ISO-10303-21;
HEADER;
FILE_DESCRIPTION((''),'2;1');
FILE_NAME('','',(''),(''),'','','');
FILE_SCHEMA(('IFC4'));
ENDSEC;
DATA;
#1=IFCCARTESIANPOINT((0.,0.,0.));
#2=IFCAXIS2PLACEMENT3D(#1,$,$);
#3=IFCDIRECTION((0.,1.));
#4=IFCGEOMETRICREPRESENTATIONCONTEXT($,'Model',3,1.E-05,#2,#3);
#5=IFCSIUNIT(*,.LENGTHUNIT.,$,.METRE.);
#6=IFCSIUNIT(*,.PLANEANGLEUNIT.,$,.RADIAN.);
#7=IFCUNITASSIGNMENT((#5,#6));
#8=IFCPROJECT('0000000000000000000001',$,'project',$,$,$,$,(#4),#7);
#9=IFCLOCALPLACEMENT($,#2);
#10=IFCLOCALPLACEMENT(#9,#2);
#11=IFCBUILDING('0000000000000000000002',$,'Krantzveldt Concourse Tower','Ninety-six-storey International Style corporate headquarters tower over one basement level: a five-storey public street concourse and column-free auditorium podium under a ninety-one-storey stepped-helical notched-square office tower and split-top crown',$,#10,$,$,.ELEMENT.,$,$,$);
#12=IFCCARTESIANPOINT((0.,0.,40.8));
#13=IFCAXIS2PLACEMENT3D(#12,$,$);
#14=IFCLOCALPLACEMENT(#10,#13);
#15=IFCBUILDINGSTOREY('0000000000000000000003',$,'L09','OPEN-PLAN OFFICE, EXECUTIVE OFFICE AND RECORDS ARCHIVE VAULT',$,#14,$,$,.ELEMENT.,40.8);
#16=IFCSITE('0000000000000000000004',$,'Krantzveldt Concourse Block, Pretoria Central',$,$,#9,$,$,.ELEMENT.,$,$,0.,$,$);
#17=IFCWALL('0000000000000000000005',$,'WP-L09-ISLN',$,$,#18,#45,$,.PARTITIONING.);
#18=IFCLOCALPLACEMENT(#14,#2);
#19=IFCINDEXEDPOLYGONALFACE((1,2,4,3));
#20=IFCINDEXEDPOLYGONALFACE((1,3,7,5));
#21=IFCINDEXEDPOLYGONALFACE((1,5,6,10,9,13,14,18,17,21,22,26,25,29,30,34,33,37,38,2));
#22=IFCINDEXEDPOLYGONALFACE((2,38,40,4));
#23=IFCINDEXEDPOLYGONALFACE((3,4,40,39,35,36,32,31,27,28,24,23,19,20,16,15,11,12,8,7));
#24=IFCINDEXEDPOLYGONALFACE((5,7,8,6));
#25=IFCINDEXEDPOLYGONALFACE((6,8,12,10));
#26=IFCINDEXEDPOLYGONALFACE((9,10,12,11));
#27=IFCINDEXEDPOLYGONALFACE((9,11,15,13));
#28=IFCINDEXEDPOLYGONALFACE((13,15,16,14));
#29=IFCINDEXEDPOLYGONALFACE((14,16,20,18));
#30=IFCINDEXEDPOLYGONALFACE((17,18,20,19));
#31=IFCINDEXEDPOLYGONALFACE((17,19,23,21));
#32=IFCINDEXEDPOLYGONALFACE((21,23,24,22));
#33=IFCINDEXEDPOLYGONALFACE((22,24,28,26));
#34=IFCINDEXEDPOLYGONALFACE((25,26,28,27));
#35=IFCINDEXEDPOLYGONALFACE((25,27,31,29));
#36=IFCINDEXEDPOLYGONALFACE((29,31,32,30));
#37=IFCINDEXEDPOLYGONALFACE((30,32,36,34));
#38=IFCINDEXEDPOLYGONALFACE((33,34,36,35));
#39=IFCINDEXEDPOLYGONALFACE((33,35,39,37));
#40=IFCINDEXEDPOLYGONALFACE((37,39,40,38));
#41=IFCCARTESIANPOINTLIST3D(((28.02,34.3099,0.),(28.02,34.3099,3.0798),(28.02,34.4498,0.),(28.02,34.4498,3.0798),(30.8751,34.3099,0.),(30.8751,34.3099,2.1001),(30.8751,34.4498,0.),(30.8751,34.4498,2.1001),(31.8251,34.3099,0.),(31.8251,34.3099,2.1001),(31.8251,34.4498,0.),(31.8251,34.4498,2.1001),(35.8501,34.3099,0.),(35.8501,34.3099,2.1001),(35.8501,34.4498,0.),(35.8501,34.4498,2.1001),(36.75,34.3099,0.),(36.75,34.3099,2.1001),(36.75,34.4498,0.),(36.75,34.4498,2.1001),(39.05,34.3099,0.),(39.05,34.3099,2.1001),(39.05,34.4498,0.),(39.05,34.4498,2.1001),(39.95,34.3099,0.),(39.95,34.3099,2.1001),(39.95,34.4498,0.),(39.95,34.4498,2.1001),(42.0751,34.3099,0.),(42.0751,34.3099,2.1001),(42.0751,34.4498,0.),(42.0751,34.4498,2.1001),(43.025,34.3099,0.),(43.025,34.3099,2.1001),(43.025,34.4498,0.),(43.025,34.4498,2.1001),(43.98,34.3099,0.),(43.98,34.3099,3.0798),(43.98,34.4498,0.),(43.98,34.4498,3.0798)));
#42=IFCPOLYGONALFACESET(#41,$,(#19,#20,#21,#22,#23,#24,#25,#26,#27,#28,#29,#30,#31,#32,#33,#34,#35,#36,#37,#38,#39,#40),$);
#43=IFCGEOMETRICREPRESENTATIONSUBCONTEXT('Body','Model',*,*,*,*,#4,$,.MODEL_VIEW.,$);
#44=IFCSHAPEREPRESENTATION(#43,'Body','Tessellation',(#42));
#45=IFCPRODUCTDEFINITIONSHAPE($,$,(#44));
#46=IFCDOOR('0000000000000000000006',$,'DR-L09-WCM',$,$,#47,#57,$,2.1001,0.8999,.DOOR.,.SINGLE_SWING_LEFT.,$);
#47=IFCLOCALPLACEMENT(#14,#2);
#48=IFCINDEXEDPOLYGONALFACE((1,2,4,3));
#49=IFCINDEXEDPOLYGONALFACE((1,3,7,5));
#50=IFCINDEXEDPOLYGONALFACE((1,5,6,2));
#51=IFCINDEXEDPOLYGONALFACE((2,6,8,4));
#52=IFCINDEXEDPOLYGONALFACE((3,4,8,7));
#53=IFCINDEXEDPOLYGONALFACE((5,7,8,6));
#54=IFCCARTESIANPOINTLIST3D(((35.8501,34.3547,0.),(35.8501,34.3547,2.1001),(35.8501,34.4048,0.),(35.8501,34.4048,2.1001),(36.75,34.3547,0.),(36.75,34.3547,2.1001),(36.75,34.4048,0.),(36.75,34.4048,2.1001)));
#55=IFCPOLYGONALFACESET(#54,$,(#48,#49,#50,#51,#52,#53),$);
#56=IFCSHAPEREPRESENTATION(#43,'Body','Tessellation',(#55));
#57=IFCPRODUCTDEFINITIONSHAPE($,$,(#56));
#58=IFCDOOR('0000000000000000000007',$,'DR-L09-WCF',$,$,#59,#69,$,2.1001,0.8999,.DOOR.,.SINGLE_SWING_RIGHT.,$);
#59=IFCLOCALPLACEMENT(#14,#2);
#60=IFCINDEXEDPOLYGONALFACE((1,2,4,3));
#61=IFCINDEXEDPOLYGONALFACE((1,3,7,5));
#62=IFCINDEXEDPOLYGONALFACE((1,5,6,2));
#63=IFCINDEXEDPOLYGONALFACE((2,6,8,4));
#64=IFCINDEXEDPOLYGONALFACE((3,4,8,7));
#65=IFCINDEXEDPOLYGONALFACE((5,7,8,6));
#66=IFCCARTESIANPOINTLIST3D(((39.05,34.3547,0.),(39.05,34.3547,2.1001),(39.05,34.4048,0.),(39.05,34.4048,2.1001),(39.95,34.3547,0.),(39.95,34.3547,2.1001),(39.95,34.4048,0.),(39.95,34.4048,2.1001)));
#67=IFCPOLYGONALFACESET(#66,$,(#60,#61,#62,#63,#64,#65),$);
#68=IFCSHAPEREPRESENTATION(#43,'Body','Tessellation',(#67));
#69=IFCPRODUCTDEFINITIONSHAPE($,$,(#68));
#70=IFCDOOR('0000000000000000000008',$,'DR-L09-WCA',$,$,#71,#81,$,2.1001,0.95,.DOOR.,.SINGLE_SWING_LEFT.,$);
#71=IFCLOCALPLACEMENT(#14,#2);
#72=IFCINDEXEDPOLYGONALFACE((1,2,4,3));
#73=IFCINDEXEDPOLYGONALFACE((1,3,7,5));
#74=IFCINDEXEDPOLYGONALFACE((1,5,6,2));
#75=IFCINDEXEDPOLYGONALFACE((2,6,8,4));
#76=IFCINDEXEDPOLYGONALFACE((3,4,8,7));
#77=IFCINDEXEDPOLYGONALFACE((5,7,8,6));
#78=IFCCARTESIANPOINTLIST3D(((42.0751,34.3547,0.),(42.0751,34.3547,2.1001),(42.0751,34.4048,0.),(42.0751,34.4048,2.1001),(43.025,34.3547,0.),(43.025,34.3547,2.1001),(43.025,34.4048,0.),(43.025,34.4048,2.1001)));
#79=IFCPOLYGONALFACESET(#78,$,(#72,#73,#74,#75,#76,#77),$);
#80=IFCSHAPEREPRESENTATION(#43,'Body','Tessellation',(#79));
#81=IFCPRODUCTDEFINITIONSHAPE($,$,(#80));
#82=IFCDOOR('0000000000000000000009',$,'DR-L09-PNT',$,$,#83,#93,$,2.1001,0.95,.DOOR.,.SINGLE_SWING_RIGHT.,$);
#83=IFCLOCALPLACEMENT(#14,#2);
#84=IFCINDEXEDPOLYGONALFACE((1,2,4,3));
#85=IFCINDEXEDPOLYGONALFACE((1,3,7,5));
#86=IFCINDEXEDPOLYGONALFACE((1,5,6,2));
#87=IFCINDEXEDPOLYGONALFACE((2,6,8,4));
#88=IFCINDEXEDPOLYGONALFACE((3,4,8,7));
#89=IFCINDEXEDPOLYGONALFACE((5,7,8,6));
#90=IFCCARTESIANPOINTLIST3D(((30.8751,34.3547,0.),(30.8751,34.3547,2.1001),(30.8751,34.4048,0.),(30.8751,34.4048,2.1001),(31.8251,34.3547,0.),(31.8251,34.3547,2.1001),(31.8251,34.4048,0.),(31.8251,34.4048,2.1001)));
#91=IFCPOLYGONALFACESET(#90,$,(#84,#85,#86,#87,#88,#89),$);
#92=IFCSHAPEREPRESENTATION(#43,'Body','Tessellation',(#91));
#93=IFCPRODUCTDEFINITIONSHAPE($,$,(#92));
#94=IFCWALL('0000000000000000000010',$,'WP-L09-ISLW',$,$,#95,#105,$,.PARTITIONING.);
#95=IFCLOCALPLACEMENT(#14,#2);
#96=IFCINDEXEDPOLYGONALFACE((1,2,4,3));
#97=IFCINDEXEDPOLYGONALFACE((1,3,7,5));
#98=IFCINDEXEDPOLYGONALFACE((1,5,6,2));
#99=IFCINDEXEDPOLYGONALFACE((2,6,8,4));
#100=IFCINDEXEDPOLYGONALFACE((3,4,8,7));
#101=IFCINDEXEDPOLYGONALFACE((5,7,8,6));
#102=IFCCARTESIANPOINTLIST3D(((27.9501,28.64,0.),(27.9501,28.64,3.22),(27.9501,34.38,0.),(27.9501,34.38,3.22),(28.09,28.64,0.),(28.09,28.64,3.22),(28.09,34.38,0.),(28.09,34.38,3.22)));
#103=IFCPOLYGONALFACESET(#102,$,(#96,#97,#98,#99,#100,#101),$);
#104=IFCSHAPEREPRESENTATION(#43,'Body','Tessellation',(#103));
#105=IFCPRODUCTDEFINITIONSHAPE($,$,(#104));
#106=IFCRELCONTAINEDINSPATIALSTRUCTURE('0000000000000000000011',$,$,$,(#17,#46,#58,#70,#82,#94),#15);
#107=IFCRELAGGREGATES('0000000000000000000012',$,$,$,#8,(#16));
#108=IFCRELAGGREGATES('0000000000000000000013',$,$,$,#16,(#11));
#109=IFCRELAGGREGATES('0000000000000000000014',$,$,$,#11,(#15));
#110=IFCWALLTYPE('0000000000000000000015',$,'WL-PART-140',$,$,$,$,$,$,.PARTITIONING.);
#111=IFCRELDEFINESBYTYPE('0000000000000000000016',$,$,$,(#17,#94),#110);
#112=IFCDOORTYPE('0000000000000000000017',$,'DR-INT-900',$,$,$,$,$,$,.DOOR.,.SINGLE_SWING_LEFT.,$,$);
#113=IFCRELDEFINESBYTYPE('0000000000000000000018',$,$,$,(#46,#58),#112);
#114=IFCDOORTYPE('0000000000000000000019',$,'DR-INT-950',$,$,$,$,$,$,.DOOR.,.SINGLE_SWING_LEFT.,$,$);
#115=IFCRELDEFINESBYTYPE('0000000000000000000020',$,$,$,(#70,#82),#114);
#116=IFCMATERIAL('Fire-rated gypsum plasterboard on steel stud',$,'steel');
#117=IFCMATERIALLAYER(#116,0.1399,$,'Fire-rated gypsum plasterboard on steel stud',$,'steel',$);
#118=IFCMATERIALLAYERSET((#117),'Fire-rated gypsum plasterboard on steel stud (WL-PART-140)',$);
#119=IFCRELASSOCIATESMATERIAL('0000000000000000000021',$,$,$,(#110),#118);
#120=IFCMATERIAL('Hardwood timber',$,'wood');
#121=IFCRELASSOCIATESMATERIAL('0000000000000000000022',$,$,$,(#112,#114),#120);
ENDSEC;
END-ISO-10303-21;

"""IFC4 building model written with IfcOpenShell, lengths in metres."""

from ifc_helpers import new_model, si_unit, direction, frame, frame_2d, origin, place, context, subcontext, project, spatial, rectangle, extrude, material, layer, layer_set, type_object, element, fill, save


model = new_model("IFC4")

# Units and contexts
model_context = context("Model", 3, precision=1e-05, world=origin(), true_north=direction((0.0, 1.0)))
body_context = subcontext(model_context, "Body", "Model", "MODEL_VIEW")
ifc_project = project(units=[si_unit("LENGTHUNIT", "METRE"), si_unit("PLANEANGLEUNIT", "RADIAN")], contexts=[model_context])

# Site, building, storey
site_placement = place(None, origin())
site = spatial("IfcSite", under=ifc_project, at=site_placement, Name="Krantzveldt Concourse Block, Pretoria Central", CompositionType="ELEMENT", RefElevation=0.0)
building_placement = place(site_placement, origin())
building = spatial("IfcBuilding", under=site, at=building_placement, Name="Krantzveldt Concourse Tower", Description="Ninety-six-storey International Style corporate headquarters tower over one basement level: a five-storey public street concourse and column-free auditorium podium under a ninety-one-storey stepped-helical notched-square office tower and split-top crown", CompositionType="ELEMENT")
storey_placement = place(building_placement, frame((0.0, 0.0, 40.8)))
storey = spatial("IfcBuildingStorey", under=building, at=storey_placement, Name="L09", Description="OPEN-PLAN OFFICE, EXECUTIVE OFFICE AND RECORDS ARCHIVE VAULT", CompositionType="ELEMENT", Elevation=40.8)

# Shared definitions
ifc_material_1 = material(Name="Fire-rated gypsum plasterboard on steel stud", Category="steel")

# Shared definitions
ifc_layer_1 = layer(ifc_material_1, 0.1399, Name="Fire-rated gypsum plasterboard on steel stud", Category="steel")
ifc_layer_set_1 = layer_set([ifc_layer_1], Name="Fire-rated gypsum plasterboard on steel stud (WL-PART-140)")
wall_type_1 = type_object("IfcWallType", Name="WL-PART-140", PredefinedType="PARTITIONING", material=ifc_layer_set_1)
ifc_material_2 = material(Name="Hardwood timber", Category="wood")

# Wall, openings, doors
wall_1_placement = place(storey_placement, frame((28.02, 34.3799, 0.0), z_axis=(0.0, 0.0, 1.0), x_axis=(1.0, 0.0, 0.0)))
wall_1 = element("IfcWall", 1, at=wall_1_placement, inside=storey, type_object=wall_type_1, Name="WP-L09-ISLN", PredefinedType="PARTITIONING", context=body_context, shape_type="SweptSolid", body=[
    extrude(rectangle(XDim=15.96, YDim=0.1399, at=frame_2d((7.98, 0.0))), origin(), (0.0, 0.0, 1.0), 3.0798),
])
opening_1_placement = place(wall_1_placement, frame((7.8301, 0.0, 0.0)))
opening_1 = element("IfcOpeningElement", 2, at=opening_1_placement, cuts=wall_1, PredefinedType="OPENING", context=body_context, shape_type="SweptSolid", body=[
    extrude(rectangle(XDim=0.8999, YDim=2.1001, at=frame_2d((0.45, 1.05))), frame((0.0, 0.0801, 0.0), z_axis=(0.0, -1.0, 0.0), x_axis=(1.0, 0.0, 0.0)), (0.0, 0.0, 1.0), 0.1599),
])
opening_2_placement = place(wall_1_placement, frame((11.03, 0.0, 0.0)))
opening_2 = element("IfcOpeningElement", 3, at=opening_2_placement, cuts=wall_1, PredefinedType="OPENING", context=body_context, shape_type="SweptSolid", body=[
    extrude(rectangle(XDim=0.8999, YDim=2.1001, at=frame_2d((0.45, 1.05))), frame((0.0, 0.0801, 0.0), z_axis=(0.0, -1.0, 0.0), x_axis=(1.0, 0.0, 0.0)), (0.0, 0.0, 1.0), 0.1599),
])
opening_3_placement = place(wall_1_placement, frame((14.0549, 0.0, 0.0)))
opening_3 = element("IfcOpeningElement", 4, at=opening_3_placement, cuts=wall_1, PredefinedType="OPENING", context=body_context, shape_type="SweptSolid", body=[
    extrude(rectangle(XDim=0.95, YDim=2.1001, at=frame_2d((0.4751, 1.05))), frame((0.0, 0.0801, 0.0), z_axis=(0.0, -1.0, 0.0), x_axis=(1.0, 0.0, 0.0)), (0.0, 0.0, 1.0), 0.1599),
])
opening_4_placement = place(wall_1_placement, frame((2.855, 0.0, 0.0)))
opening_4 = element("IfcOpeningElement", 5, at=opening_4_placement, cuts=wall_1, PredefinedType="OPENING", context=body_context, shape_type="SweptSolid", body=[
    extrude(rectangle(XDim=0.95, YDim=2.1001, at=frame_2d((0.4751, 1.05))), frame((0.0, 0.0801, 0.0), z_axis=(0.0, -1.0, 0.0), x_axis=(1.0, 0.0, 0.0)), (0.0, 0.0, 1.0), 0.1599),
])
door_type_1 = type_object("IfcDoorType", Name="DR-INT-900", OperationType="SINGLE_SWING_LEFT", PredefinedType="DOOR", material=ifc_material_2)
door_1_placement = place(opening_1_placement, origin())
door_1 = element("IfcDoor", 6, at=door_1_placement, inside=storey, type_object=door_type_1, Name="DR-L09-WCM", OperationType="SINGLE_SWING_LEFT", OverallHeight=2.1001, OverallWidth=0.8999, PredefinedType="DOOR", context=body_context, shape_type="SweptSolid", body=[
    extrude(rectangle(XDim=0.8999, YDim=2.1001, at=frame_2d((0.45, 1.05))), frame((0.0, 0.0249, 0.0), z_axis=(0.0, -1.0, 0.0), x_axis=(1.0, 0.0, 0.0)), (0.0, 0.0, 1.0), 0.05),
])
fill(opening_1, door_1)
door_2_placement = place(opening_2_placement, origin())
door_2 = element("IfcDoor", 7, at=door_2_placement, inside=storey, type_object=door_type_1, Name="DR-L09-WCF", OperationType="SINGLE_SWING_RIGHT", OverallHeight=2.1001, OverallWidth=0.8999, PredefinedType="DOOR", context=body_context, shape_type="SweptSolid", body=[
    extrude(rectangle(XDim=0.8999, YDim=2.1001, at=frame_2d((0.45, 1.05))), frame((0.0, 0.0249, 0.0), z_axis=(0.0, -1.0, 0.0), x_axis=(1.0, 0.0, 0.0)), (0.0, 0.0, 1.0), 0.05),
])
fill(opening_2, door_2)
door_type_2 = type_object("IfcDoorType", Name="DR-INT-950", OperationType="SINGLE_SWING_LEFT", PredefinedType="DOOR", material=ifc_material_2)
door_3_placement = place(opening_3_placement, origin())
door_3 = element("IfcDoor", 8, at=door_3_placement, inside=storey, type_object=door_type_2, Name="DR-L09-WCA", OperationType="SINGLE_SWING_LEFT", OverallHeight=2.1001, OverallWidth=0.95, PredefinedType="DOOR", context=body_context, shape_type="SweptSolid", body=[
    extrude(rectangle(XDim=0.95, YDim=2.1001, at=frame_2d((0.4751, 1.05))), frame((0.0, 0.0249, 0.0), z_axis=(0.0, -1.0, 0.0), x_axis=(1.0, 0.0, 0.0)), (0.0, 0.0, 1.0), 0.05),
])
fill(opening_3, door_3)
door_4_placement = place(opening_4_placement, origin())
door_4 = element("IfcDoor", 9, at=door_4_placement, inside=storey, type_object=door_type_2, Name="DR-L09-PNT", OperationType="SINGLE_SWING_RIGHT", OverallHeight=2.1001, OverallWidth=0.95, PredefinedType="DOOR", context=body_context, shape_type="SweptSolid", body=[
    extrude(rectangle(XDim=0.95, YDim=2.1001, at=frame_2d((0.4751, 1.05))), frame((0.0, 0.0249, 0.0), z_axis=(0.0, -1.0, 0.0), x_axis=(1.0, 0.0, 0.0)), (0.0, 0.0, 1.0), 0.05),
])
fill(opening_4, door_4)

# Wall
wall_2_placement = place(storey_placement, frame((28.02, 28.6399, 0.0), z_axis=(0.0, 0.0, 1.0), x_axis=(0.0, 1.0, 0.0)))
element("IfcWall", 10, at=wall_2_placement, inside=storey, type_object=wall_type_1, Name="WP-L09-ISLW", PredefinedType="PARTITIONING", context=body_context, shape_type="SweptSolid", body=[
    extrude(rectangle(XDim=5.74, YDim=0.1399, at=frame_2d((2.8701, 0.0))), origin(), (0.0, 0.0, 1.0), 3.22),
])

save(model, "model.ifc")
